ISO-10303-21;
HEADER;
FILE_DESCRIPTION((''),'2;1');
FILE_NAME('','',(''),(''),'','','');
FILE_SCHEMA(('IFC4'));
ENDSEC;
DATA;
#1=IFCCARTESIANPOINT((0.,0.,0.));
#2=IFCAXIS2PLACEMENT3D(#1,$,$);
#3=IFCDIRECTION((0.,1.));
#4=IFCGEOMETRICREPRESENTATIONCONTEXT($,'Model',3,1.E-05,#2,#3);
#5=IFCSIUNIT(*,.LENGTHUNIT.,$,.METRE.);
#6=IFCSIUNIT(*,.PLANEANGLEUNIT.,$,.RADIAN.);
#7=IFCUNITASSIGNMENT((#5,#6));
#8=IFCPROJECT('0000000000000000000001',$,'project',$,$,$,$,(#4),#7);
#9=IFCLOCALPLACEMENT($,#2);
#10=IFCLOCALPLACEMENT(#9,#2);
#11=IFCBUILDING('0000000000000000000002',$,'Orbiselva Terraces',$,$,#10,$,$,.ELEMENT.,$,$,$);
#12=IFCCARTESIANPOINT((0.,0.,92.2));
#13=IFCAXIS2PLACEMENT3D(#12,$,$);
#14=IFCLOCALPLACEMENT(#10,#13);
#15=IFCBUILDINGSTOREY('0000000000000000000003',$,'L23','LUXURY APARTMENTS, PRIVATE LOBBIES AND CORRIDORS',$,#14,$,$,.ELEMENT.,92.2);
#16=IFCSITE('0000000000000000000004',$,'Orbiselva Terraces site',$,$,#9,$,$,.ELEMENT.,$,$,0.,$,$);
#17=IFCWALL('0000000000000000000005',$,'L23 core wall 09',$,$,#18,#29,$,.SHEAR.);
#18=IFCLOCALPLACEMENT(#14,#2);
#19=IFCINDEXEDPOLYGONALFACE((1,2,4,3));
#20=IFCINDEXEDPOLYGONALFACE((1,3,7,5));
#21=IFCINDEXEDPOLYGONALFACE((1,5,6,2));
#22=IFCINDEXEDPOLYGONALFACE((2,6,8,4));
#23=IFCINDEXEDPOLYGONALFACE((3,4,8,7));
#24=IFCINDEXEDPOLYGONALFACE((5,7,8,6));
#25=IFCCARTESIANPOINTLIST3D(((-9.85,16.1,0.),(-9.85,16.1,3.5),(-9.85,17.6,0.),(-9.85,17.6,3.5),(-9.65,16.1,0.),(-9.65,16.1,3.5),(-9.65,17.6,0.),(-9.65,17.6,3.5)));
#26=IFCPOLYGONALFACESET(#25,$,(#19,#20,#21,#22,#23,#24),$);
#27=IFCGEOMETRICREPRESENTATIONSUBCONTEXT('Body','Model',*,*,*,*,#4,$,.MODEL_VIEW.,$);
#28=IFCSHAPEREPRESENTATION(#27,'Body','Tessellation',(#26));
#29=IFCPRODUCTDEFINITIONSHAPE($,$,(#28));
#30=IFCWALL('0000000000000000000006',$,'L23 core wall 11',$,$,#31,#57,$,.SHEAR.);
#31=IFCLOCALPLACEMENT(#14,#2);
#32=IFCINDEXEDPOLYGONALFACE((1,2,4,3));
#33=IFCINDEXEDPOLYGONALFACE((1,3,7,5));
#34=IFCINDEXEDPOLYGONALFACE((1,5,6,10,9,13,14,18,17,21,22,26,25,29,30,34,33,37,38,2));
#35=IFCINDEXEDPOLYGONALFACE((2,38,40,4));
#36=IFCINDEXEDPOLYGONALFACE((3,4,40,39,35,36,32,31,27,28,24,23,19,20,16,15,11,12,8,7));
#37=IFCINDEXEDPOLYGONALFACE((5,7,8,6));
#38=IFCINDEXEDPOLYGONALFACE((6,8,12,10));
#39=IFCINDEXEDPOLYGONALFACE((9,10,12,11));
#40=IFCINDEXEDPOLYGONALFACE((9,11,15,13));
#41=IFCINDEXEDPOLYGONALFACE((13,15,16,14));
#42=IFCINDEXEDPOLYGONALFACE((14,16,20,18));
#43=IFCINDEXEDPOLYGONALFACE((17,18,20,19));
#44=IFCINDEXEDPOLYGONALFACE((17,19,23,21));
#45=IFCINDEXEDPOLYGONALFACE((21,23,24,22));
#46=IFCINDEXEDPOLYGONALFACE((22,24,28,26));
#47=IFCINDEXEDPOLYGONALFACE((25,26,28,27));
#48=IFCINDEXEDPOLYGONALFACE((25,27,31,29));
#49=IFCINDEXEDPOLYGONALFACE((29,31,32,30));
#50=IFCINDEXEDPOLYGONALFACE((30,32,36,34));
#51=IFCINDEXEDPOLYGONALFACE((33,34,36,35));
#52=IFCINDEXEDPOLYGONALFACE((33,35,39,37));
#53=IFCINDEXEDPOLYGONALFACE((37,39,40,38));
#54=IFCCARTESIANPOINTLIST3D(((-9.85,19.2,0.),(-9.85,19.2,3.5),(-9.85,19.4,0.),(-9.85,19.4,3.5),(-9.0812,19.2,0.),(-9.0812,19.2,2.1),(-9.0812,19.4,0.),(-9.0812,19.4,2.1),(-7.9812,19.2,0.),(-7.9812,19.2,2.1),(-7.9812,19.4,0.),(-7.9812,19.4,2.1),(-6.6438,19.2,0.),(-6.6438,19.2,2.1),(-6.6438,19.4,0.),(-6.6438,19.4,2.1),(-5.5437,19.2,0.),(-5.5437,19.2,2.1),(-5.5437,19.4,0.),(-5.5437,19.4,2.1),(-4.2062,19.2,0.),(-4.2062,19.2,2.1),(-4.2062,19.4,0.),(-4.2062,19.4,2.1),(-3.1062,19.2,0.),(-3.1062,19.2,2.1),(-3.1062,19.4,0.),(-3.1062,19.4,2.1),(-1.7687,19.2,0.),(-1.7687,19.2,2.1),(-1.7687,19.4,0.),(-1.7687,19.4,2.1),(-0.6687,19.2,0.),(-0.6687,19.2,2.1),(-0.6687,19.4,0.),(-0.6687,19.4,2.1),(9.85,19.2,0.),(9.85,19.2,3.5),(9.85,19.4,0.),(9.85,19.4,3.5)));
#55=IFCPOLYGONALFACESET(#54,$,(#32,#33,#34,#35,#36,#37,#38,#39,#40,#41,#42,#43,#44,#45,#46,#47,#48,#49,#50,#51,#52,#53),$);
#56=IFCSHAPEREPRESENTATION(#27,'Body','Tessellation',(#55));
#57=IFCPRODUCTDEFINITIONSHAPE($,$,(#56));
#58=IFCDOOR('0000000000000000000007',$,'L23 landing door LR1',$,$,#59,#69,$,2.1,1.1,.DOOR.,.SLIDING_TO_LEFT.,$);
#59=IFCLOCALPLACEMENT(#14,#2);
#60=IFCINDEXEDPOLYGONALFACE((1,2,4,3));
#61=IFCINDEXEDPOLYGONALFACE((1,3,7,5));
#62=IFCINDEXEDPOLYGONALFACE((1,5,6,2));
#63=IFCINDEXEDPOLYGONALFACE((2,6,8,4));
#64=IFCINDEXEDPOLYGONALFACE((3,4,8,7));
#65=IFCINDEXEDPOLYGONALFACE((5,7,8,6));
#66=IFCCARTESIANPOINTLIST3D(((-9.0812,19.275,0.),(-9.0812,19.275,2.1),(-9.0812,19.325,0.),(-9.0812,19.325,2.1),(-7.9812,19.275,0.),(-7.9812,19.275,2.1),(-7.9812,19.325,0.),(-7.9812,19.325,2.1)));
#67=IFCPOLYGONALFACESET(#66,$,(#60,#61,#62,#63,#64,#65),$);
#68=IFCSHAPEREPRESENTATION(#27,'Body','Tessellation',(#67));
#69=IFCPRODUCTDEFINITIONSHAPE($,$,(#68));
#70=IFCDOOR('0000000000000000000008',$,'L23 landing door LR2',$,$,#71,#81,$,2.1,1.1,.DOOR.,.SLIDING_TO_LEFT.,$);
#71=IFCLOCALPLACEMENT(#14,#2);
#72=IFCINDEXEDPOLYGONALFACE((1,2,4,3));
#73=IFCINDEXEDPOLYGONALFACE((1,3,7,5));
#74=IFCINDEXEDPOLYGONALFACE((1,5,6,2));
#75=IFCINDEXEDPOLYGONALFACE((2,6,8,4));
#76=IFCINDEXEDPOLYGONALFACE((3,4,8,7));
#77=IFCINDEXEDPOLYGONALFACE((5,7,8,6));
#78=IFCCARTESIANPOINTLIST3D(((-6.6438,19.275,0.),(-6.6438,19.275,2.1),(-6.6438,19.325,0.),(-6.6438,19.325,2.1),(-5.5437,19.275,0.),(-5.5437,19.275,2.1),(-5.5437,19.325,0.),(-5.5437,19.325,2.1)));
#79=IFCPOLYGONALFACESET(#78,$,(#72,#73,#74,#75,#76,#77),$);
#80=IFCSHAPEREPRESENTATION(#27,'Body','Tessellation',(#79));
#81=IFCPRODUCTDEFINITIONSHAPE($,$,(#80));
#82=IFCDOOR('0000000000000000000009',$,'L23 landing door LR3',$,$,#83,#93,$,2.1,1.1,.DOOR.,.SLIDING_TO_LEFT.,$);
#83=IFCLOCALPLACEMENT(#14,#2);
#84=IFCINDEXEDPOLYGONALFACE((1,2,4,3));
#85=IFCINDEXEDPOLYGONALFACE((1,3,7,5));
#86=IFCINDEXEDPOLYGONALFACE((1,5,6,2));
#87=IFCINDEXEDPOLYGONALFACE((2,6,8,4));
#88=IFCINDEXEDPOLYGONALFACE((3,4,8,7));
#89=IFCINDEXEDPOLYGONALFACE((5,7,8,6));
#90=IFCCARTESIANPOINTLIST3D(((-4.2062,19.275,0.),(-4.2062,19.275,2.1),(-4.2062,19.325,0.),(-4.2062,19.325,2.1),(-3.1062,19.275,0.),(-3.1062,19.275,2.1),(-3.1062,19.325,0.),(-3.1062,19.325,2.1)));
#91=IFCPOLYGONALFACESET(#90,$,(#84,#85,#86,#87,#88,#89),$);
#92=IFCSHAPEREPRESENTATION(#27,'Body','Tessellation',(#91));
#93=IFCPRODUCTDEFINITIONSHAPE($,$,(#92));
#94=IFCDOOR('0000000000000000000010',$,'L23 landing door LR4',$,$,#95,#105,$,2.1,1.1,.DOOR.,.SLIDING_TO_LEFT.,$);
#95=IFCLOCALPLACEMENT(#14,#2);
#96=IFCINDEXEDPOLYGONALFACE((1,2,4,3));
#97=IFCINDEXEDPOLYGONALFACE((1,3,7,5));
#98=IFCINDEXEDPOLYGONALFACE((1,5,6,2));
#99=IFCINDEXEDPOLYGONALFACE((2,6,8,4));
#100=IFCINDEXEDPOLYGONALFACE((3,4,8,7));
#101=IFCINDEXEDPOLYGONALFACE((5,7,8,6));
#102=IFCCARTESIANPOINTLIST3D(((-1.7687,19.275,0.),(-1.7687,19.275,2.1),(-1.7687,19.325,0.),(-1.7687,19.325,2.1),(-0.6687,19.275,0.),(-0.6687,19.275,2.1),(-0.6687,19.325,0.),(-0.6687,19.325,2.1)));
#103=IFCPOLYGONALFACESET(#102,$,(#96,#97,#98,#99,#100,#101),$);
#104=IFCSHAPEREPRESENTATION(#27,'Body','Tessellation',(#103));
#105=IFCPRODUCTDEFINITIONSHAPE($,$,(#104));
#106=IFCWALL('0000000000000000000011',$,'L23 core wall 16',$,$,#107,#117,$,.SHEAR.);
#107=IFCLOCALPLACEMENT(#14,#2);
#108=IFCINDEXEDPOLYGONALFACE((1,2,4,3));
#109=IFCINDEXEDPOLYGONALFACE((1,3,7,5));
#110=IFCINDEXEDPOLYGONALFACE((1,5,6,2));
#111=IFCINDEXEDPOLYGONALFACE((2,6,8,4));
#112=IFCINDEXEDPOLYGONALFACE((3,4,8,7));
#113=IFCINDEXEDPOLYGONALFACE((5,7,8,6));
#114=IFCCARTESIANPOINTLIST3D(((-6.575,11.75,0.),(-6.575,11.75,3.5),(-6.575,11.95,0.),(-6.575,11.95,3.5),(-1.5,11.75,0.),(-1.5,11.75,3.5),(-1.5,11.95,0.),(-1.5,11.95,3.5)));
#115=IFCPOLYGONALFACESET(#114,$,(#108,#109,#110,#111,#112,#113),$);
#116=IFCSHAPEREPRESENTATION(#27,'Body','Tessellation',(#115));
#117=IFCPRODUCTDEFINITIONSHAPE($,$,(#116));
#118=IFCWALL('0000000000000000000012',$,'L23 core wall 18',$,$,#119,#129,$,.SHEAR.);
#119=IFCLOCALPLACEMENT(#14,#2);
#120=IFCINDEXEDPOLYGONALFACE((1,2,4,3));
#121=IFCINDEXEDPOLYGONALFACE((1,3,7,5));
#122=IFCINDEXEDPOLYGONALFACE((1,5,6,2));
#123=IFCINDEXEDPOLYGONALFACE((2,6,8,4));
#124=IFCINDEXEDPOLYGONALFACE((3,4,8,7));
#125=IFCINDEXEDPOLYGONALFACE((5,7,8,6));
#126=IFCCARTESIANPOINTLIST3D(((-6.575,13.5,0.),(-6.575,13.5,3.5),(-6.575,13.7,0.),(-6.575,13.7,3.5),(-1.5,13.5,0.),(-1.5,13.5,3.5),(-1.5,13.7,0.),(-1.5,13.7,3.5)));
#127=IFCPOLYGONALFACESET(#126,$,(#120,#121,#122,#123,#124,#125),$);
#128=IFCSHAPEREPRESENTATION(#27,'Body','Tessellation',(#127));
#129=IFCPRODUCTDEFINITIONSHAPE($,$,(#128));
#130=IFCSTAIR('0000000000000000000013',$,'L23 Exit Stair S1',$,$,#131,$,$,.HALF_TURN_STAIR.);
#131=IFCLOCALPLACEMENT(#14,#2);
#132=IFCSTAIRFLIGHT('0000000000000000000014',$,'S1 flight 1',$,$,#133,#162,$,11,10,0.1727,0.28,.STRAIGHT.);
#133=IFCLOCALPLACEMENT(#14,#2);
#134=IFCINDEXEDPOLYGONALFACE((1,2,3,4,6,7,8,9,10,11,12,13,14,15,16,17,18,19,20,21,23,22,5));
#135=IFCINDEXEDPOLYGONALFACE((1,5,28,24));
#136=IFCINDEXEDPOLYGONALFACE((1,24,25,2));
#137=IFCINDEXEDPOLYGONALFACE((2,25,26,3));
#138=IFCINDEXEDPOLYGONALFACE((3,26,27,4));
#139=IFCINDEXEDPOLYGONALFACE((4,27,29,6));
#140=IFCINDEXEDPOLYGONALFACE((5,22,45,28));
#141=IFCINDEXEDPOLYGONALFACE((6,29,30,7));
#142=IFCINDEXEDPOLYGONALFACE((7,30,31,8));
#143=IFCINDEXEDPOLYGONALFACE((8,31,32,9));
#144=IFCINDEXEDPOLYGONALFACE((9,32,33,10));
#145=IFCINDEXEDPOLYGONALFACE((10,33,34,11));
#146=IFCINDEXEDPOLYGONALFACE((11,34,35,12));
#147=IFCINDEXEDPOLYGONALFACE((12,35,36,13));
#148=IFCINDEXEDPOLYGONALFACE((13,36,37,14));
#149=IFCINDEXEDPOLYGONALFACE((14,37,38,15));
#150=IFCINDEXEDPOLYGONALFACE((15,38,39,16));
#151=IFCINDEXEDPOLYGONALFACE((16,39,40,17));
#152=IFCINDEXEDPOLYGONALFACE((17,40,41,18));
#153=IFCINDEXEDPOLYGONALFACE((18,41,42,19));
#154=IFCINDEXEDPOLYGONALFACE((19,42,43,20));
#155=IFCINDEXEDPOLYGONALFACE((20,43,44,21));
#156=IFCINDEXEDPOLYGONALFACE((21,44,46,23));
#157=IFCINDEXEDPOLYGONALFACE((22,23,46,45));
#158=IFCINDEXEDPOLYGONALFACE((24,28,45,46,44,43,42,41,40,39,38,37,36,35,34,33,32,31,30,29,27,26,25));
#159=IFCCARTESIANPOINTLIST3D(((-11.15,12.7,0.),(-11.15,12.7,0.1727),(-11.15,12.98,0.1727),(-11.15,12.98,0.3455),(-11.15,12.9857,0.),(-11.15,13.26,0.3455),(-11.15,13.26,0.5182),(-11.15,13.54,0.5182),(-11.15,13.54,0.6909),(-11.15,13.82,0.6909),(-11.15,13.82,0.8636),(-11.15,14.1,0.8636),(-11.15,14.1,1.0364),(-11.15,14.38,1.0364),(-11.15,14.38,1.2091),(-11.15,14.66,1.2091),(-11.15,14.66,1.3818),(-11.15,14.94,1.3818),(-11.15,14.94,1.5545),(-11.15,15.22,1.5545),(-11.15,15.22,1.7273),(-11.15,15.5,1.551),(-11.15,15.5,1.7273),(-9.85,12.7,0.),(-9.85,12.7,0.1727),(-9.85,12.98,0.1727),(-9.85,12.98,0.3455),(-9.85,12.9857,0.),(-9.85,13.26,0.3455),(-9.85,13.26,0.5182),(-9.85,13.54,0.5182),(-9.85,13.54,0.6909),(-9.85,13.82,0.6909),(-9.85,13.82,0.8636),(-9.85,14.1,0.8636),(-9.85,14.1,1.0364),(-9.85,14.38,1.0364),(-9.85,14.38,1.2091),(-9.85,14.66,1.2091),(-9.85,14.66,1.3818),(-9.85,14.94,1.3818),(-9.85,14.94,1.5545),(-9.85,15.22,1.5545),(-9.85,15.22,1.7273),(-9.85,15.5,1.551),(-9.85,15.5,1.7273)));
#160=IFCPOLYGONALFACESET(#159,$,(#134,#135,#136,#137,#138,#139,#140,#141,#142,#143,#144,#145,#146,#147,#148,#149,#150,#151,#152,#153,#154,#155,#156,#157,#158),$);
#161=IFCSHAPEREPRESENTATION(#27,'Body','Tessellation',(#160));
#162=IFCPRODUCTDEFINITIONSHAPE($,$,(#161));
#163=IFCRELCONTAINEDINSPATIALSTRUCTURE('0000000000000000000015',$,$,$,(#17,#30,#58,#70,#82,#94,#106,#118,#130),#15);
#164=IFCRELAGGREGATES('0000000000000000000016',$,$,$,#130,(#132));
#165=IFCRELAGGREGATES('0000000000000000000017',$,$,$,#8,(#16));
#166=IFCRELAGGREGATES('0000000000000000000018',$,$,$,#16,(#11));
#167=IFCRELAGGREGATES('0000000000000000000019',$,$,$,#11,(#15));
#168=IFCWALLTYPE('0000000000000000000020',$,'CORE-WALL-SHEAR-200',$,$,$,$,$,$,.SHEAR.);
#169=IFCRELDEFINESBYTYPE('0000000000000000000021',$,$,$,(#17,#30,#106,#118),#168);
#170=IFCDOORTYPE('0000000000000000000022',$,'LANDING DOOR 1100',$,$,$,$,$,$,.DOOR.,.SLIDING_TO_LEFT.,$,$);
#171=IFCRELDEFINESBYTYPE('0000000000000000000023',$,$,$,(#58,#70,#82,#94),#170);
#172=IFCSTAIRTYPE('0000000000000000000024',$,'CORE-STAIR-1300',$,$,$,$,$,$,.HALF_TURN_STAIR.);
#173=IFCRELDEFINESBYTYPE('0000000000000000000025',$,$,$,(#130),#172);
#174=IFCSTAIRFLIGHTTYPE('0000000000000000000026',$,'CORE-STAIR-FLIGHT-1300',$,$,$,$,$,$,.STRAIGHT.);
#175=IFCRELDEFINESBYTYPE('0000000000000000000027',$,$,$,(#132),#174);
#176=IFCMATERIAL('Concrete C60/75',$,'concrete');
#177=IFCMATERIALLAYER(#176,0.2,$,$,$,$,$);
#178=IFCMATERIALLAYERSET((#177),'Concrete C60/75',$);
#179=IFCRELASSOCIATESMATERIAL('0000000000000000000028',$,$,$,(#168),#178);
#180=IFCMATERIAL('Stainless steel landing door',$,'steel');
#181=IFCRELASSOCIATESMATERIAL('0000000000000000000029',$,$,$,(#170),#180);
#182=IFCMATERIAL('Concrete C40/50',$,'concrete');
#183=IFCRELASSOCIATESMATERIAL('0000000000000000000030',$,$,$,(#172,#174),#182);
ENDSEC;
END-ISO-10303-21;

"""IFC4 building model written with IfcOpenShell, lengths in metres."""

from ifc_helpers import new_model, si_unit, direction, frame, frame_2d, origin, place, context, subcontext, project, spatial, polyline, rectangle, outline, extrude, material, layer, layer_set, type_object, element, fill, aggregate, save


model = new_model("IFC4")

# Units and contexts
model_context = context("Model", 3, precision=1e-05, world=origin(), true_north=direction((0.0, 1.0)))
body_context = subcontext(model_context, "Body", "Model", "MODEL_VIEW")
ifc_project = project(units=[si_unit("LENGTHUNIT", "METRE"), si_unit("PLANEANGLEUNIT", "RADIAN")], contexts=[model_context])

# Site, building, storey
site_placement = place(None, origin())
site = spatial("IfcSite", under=ifc_project, at=site_placement, Name="Orbiselva Terraces site", CompositionType="ELEMENT", RefElevation=0.0)
building_placement = place(site_placement, origin())
building = spatial("IfcBuilding", under=site, at=building_placement, Name="Orbiselva Terraces", CompositionType="ELEMENT")
storey_placement = place(building_placement, frame((0.0, 0.0, 92.2)))
storey = spatial("IfcBuildingStorey", under=building, at=storey_placement, Name="L23", Description="LUXURY APARTMENTS, PRIVATE LOBBIES AND CORRIDORS", CompositionType="ELEMENT", Elevation=92.2)

# Shared definitions
ifc_material_1 = material(Name="Concrete C40/50", Category="concrete")

# Shared definitions
ifc_material_2 = material(Name="Concrete C60/75", Category="concrete")
ifc_layer_1 = layer(ifc_material_2, 0.2)
ifc_layer_set_1 = layer_set([ifc_layer_1], Name="Concrete C60/75")
wall_type_1 = type_object("IfcWallType", Name="CORE-WALL-SHEAR-200", PredefinedType="SHEAR", material=ifc_layer_set_1)

# Wall
wall_1_placement = place(storey_placement, frame((-9.75, 16.1, 0.0), z_axis=(0.0, 0.0, 1.0), x_axis=(0.0, 1.0, 0.0)))
element("IfcWall", 1, at=wall_1_placement, inside=storey, type_object=wall_type_1, Name="L23 core wall 09", PredefinedType="SHEAR", context=body_context, shape_type="SweptSolid", body=[
    extrude(rectangle(XDim=1.5, YDim=0.2, at=frame_2d((0.75, 0.0))), origin(), (0.0, 0.0, 1.0), 3.5),
])

# Wall, openings, doors
wall_2_placement = place(storey_placement, frame((-9.85, 19.3, 0.0), z_axis=(0.0, 0.0, 1.0), x_axis=(1.0, 0.0, 0.0)))
wall_2 = element("IfcWall", 2, at=wall_2_placement, inside=storey, type_object=wall_type_1, Name="L23 core wall 11", PredefinedType="SHEAR", context=body_context, shape_type="SweptSolid", body=[
    extrude(rectangle(XDim=19.7, YDim=0.2, at=frame_2d((9.85, 0.0))), origin(), (0.0, 0.0, 1.0), 3.5),
])
opening_1_placement = place(wall_2_placement, frame((0.7688, 0.0, 0.0)))
opening_1 = element("IfcOpeningElement", 3, at=opening_1_placement, cuts=wall_2, PredefinedType="OPENING", context=body_context, shape_type="SweptSolid", body=[
    extrude(rectangle(XDim=1.1, YDim=2.1, at=frame_2d((0.55, 1.05))), frame((0.0, 0.11, 0.0), z_axis=(0.0, -1.0, 0.0), x_axis=(1.0, 0.0, 0.0)), (0.0, 0.0, 1.0), 0.22),
])
opening_2_placement = place(wall_2_placement, frame((3.2062, 0.0, 0.0)))
opening_2 = element("IfcOpeningElement", 4, at=opening_2_placement, cuts=wall_2, PredefinedType="OPENING", context=body_context, shape_type="SweptSolid", body=[
    extrude(rectangle(XDim=1.1, YDim=2.1, at=frame_2d((0.55, 1.05))), frame((0.0, 0.11, 0.0), z_axis=(0.0, -1.0, 0.0), x_axis=(1.0, 0.0, 0.0)), (0.0, 0.0, 1.0), 0.22),
])
opening_3_placement = place(wall_2_placement, frame((5.6437, 0.0, 0.0)))
opening_3 = element("IfcOpeningElement", 5, at=opening_3_placement, cuts=wall_2, PredefinedType="OPENING", context=body_context, shape_type="SweptSolid", body=[
    extrude(rectangle(XDim=1.1, YDim=2.1, at=frame_2d((0.55, 1.05))), frame((0.0, 0.11, 0.0), z_axis=(0.0, -1.0, 0.0), x_axis=(1.0, 0.0, 0.0)), (0.0, 0.0, 1.0), 0.22),
])
opening_4_placement = place(wall_2_placement, frame((8.0813, 0.0, 0.0)))
opening_4 = element("IfcOpeningElement", 6, at=opening_4_placement, cuts=wall_2, PredefinedType="OPENING", context=body_context, shape_type="SweptSolid", body=[
    extrude(rectangle(XDim=1.1, YDim=2.1, at=frame_2d((0.55, 1.05))), frame((0.0, 0.11, 0.0), z_axis=(0.0, -1.0, 0.0), x_axis=(1.0, 0.0, 0.0)), (0.0, 0.0, 1.0), 0.22),
])
ifc_material_3 = material(Name="Stainless steel landing door", Category="steel")
door_type_1 = type_object("IfcDoorType", Name="LANDING DOOR 1100", OperationType="SLIDING_TO_LEFT", PredefinedType="DOOR", material=ifc_material_3)
door_1_placement = place(opening_1_placement, origin())
door_1 = element("IfcDoor", 7, at=door_1_placement, inside=storey, type_object=door_type_1, Name="L23 landing door LR1", OperationType="SLIDING_TO_LEFT", OverallHeight=2.1, OverallWidth=1.1, PredefinedType="DOOR", context=body_context, shape_type="SweptSolid", body=[
    extrude(rectangle(XDim=1.1, YDim=2.1, at=frame_2d((0.55, 1.05))), frame((0.0, 0.025, 0.0), z_axis=(0.0, -1.0, 0.0), x_axis=(1.0, 0.0, 0.0)), (0.0, 0.0, 1.0), 0.05),
])
fill(opening_1, door_1)
door_2_placement = place(opening_2_placement, origin())
door_2 = element("IfcDoor", 8, at=door_2_placement, inside=storey, type_object=door_type_1, Name="L23 landing door LR2", OperationType="SLIDING_TO_LEFT", OverallHeight=2.1, OverallWidth=1.1, PredefinedType="DOOR", context=body_context, shape_type="SweptSolid", body=[
    extrude(rectangle(XDim=1.1, YDim=2.1, at=frame_2d((0.55, 1.05))), frame((0.0, 0.025, 0.0), z_axis=(0.0, -1.0, 0.0), x_axis=(1.0, 0.0, 0.0)), (0.0, 0.0, 1.0), 0.05),
])
fill(opening_2, door_2)
door_3_placement = place(opening_3_placement, origin())
door_3 = element("IfcDoor", 9, at=door_3_placement, inside=storey, type_object=door_type_1, Name="L23 landing door LR3", OperationType="SLIDING_TO_LEFT", OverallHeight=2.1, OverallWidth=1.1, PredefinedType="DOOR", context=body_context, shape_type="SweptSolid", body=[
    extrude(rectangle(XDim=1.1, YDim=2.1, at=frame_2d((0.55, 1.05))), frame((0.0, 0.025, 0.0), z_axis=(0.0, -1.0, 0.0), x_axis=(1.0, 0.0, 0.0)), (0.0, 0.0, 1.0), 0.05),
])
fill(opening_3, door_3)
door_4_placement = place(opening_4_placement, origin())
door_4 = element("IfcDoor", 10, at=door_4_placement, inside=storey, type_object=door_type_1, Name="L23 landing door LR4", OperationType="SLIDING_TO_LEFT", OverallHeight=2.1, OverallWidth=1.1, PredefinedType="DOOR", context=body_context, shape_type="SweptSolid", body=[
    extrude(rectangle(XDim=1.1, YDim=2.1, at=frame_2d((0.55, 1.05))), frame((0.0, 0.025, 0.0), z_axis=(0.0, -1.0, 0.0), x_axis=(1.0, 0.0, 0.0)), (0.0, 0.0, 1.0), 0.05),
])
fill(opening_4, door_4)

# Walls
for number, where, z_axis, x_axis, name in (
    (11, (-6.575, 11.85, 0.0), (0.0, 0.0, 1.0), (1.0, 0.0, 0.0), "L23 core wall 16"),
    (12, (-6.575, 13.6, 0.0), (0.0, 0.0, 1.0), (1.0, 0.0, 0.0), "L23 core wall 18"),
):
    element("IfcWall", number, at=place(storey_placement, frame(where, z_axis=z_axis, x_axis=x_axis)), inside=storey, type_object=wall_type_1, Name=name, PredefinedType="SHEAR", context=body_context, shape_type="SweptSolid", body=[
        extrude(rectangle(XDim=5.075, YDim=0.2, at=frame_2d((2.5375, 0.0))), origin(), (0.0, 0.0, 1.0), 3.5),
    ])

# Stair, stair flight
stair_type = type_object("IfcStairType", Name="CORE-STAIR-1300", PredefinedType="HALF_TURN_STAIR", material=ifc_material_1)
stair_placement = place(storey_placement, origin())
stair = element("IfcStair", 13, at=stair_placement, inside=storey, type_object=stair_type, Name="L23 Exit Stair S1", PredefinedType="HALF_TURN_STAIR")
stair_flight_type = type_object("IfcStairFlightType", Name="CORE-STAIR-FLIGHT-1300", PredefinedType="STRAIGHT", material=ifc_material_1)
stair_flight_placement = place(storey_placement, frame((-10.5, 12.7, 0.0), z_axis=(0.0, 0.0, 1.0), x_axis=(0.0, 1.0, 0.0)))
stair_flight = element("IfcStairFlight", 14, at=stair_flight_placement, type_object=stair_flight_type, Name="S1 flight 1", NumberOfRisers=11, NumberOfTreads=10, PredefinedType="STRAIGHT", RiserHeight=0.1727, TreadLength=0.28, context=body_context, shape_type="SweptSolid", body=[
    extrude(outline(polyline([(0.0, 0.0), (0.0, 0.1727), (0.28, 0.1727), (0.28, 0.3455), (0.56, 0.3455), (0.56, 0.5182), (0.84, 0.5182), (0.84, 0.6909), (1.12, 0.6909), (1.12, 0.8636), (1.4, 0.8636), (1.4, 1.0364), (1.68, 1.0364), (1.68, 1.2091), (1.96, 1.2091), (1.96, 1.3818), (2.24, 1.3818), (2.24, 1.5545), (2.52, 1.5545), (2.52, 1.7273), (2.8, 1.7273), (2.8, 1.9), (2.8, 1.551), (0.2857, 0.0), (0.0, 0.0)])), frame((0.0, 0.65, 0.0), z_axis=(0.0, -1.0, 0.0), x_axis=(1.0, 0.0, 0.0)), (0.0, 0.0, 1.0), 1.3),
])
aggregate(stair, [stair_flight])

save(model, "model.ifc")
